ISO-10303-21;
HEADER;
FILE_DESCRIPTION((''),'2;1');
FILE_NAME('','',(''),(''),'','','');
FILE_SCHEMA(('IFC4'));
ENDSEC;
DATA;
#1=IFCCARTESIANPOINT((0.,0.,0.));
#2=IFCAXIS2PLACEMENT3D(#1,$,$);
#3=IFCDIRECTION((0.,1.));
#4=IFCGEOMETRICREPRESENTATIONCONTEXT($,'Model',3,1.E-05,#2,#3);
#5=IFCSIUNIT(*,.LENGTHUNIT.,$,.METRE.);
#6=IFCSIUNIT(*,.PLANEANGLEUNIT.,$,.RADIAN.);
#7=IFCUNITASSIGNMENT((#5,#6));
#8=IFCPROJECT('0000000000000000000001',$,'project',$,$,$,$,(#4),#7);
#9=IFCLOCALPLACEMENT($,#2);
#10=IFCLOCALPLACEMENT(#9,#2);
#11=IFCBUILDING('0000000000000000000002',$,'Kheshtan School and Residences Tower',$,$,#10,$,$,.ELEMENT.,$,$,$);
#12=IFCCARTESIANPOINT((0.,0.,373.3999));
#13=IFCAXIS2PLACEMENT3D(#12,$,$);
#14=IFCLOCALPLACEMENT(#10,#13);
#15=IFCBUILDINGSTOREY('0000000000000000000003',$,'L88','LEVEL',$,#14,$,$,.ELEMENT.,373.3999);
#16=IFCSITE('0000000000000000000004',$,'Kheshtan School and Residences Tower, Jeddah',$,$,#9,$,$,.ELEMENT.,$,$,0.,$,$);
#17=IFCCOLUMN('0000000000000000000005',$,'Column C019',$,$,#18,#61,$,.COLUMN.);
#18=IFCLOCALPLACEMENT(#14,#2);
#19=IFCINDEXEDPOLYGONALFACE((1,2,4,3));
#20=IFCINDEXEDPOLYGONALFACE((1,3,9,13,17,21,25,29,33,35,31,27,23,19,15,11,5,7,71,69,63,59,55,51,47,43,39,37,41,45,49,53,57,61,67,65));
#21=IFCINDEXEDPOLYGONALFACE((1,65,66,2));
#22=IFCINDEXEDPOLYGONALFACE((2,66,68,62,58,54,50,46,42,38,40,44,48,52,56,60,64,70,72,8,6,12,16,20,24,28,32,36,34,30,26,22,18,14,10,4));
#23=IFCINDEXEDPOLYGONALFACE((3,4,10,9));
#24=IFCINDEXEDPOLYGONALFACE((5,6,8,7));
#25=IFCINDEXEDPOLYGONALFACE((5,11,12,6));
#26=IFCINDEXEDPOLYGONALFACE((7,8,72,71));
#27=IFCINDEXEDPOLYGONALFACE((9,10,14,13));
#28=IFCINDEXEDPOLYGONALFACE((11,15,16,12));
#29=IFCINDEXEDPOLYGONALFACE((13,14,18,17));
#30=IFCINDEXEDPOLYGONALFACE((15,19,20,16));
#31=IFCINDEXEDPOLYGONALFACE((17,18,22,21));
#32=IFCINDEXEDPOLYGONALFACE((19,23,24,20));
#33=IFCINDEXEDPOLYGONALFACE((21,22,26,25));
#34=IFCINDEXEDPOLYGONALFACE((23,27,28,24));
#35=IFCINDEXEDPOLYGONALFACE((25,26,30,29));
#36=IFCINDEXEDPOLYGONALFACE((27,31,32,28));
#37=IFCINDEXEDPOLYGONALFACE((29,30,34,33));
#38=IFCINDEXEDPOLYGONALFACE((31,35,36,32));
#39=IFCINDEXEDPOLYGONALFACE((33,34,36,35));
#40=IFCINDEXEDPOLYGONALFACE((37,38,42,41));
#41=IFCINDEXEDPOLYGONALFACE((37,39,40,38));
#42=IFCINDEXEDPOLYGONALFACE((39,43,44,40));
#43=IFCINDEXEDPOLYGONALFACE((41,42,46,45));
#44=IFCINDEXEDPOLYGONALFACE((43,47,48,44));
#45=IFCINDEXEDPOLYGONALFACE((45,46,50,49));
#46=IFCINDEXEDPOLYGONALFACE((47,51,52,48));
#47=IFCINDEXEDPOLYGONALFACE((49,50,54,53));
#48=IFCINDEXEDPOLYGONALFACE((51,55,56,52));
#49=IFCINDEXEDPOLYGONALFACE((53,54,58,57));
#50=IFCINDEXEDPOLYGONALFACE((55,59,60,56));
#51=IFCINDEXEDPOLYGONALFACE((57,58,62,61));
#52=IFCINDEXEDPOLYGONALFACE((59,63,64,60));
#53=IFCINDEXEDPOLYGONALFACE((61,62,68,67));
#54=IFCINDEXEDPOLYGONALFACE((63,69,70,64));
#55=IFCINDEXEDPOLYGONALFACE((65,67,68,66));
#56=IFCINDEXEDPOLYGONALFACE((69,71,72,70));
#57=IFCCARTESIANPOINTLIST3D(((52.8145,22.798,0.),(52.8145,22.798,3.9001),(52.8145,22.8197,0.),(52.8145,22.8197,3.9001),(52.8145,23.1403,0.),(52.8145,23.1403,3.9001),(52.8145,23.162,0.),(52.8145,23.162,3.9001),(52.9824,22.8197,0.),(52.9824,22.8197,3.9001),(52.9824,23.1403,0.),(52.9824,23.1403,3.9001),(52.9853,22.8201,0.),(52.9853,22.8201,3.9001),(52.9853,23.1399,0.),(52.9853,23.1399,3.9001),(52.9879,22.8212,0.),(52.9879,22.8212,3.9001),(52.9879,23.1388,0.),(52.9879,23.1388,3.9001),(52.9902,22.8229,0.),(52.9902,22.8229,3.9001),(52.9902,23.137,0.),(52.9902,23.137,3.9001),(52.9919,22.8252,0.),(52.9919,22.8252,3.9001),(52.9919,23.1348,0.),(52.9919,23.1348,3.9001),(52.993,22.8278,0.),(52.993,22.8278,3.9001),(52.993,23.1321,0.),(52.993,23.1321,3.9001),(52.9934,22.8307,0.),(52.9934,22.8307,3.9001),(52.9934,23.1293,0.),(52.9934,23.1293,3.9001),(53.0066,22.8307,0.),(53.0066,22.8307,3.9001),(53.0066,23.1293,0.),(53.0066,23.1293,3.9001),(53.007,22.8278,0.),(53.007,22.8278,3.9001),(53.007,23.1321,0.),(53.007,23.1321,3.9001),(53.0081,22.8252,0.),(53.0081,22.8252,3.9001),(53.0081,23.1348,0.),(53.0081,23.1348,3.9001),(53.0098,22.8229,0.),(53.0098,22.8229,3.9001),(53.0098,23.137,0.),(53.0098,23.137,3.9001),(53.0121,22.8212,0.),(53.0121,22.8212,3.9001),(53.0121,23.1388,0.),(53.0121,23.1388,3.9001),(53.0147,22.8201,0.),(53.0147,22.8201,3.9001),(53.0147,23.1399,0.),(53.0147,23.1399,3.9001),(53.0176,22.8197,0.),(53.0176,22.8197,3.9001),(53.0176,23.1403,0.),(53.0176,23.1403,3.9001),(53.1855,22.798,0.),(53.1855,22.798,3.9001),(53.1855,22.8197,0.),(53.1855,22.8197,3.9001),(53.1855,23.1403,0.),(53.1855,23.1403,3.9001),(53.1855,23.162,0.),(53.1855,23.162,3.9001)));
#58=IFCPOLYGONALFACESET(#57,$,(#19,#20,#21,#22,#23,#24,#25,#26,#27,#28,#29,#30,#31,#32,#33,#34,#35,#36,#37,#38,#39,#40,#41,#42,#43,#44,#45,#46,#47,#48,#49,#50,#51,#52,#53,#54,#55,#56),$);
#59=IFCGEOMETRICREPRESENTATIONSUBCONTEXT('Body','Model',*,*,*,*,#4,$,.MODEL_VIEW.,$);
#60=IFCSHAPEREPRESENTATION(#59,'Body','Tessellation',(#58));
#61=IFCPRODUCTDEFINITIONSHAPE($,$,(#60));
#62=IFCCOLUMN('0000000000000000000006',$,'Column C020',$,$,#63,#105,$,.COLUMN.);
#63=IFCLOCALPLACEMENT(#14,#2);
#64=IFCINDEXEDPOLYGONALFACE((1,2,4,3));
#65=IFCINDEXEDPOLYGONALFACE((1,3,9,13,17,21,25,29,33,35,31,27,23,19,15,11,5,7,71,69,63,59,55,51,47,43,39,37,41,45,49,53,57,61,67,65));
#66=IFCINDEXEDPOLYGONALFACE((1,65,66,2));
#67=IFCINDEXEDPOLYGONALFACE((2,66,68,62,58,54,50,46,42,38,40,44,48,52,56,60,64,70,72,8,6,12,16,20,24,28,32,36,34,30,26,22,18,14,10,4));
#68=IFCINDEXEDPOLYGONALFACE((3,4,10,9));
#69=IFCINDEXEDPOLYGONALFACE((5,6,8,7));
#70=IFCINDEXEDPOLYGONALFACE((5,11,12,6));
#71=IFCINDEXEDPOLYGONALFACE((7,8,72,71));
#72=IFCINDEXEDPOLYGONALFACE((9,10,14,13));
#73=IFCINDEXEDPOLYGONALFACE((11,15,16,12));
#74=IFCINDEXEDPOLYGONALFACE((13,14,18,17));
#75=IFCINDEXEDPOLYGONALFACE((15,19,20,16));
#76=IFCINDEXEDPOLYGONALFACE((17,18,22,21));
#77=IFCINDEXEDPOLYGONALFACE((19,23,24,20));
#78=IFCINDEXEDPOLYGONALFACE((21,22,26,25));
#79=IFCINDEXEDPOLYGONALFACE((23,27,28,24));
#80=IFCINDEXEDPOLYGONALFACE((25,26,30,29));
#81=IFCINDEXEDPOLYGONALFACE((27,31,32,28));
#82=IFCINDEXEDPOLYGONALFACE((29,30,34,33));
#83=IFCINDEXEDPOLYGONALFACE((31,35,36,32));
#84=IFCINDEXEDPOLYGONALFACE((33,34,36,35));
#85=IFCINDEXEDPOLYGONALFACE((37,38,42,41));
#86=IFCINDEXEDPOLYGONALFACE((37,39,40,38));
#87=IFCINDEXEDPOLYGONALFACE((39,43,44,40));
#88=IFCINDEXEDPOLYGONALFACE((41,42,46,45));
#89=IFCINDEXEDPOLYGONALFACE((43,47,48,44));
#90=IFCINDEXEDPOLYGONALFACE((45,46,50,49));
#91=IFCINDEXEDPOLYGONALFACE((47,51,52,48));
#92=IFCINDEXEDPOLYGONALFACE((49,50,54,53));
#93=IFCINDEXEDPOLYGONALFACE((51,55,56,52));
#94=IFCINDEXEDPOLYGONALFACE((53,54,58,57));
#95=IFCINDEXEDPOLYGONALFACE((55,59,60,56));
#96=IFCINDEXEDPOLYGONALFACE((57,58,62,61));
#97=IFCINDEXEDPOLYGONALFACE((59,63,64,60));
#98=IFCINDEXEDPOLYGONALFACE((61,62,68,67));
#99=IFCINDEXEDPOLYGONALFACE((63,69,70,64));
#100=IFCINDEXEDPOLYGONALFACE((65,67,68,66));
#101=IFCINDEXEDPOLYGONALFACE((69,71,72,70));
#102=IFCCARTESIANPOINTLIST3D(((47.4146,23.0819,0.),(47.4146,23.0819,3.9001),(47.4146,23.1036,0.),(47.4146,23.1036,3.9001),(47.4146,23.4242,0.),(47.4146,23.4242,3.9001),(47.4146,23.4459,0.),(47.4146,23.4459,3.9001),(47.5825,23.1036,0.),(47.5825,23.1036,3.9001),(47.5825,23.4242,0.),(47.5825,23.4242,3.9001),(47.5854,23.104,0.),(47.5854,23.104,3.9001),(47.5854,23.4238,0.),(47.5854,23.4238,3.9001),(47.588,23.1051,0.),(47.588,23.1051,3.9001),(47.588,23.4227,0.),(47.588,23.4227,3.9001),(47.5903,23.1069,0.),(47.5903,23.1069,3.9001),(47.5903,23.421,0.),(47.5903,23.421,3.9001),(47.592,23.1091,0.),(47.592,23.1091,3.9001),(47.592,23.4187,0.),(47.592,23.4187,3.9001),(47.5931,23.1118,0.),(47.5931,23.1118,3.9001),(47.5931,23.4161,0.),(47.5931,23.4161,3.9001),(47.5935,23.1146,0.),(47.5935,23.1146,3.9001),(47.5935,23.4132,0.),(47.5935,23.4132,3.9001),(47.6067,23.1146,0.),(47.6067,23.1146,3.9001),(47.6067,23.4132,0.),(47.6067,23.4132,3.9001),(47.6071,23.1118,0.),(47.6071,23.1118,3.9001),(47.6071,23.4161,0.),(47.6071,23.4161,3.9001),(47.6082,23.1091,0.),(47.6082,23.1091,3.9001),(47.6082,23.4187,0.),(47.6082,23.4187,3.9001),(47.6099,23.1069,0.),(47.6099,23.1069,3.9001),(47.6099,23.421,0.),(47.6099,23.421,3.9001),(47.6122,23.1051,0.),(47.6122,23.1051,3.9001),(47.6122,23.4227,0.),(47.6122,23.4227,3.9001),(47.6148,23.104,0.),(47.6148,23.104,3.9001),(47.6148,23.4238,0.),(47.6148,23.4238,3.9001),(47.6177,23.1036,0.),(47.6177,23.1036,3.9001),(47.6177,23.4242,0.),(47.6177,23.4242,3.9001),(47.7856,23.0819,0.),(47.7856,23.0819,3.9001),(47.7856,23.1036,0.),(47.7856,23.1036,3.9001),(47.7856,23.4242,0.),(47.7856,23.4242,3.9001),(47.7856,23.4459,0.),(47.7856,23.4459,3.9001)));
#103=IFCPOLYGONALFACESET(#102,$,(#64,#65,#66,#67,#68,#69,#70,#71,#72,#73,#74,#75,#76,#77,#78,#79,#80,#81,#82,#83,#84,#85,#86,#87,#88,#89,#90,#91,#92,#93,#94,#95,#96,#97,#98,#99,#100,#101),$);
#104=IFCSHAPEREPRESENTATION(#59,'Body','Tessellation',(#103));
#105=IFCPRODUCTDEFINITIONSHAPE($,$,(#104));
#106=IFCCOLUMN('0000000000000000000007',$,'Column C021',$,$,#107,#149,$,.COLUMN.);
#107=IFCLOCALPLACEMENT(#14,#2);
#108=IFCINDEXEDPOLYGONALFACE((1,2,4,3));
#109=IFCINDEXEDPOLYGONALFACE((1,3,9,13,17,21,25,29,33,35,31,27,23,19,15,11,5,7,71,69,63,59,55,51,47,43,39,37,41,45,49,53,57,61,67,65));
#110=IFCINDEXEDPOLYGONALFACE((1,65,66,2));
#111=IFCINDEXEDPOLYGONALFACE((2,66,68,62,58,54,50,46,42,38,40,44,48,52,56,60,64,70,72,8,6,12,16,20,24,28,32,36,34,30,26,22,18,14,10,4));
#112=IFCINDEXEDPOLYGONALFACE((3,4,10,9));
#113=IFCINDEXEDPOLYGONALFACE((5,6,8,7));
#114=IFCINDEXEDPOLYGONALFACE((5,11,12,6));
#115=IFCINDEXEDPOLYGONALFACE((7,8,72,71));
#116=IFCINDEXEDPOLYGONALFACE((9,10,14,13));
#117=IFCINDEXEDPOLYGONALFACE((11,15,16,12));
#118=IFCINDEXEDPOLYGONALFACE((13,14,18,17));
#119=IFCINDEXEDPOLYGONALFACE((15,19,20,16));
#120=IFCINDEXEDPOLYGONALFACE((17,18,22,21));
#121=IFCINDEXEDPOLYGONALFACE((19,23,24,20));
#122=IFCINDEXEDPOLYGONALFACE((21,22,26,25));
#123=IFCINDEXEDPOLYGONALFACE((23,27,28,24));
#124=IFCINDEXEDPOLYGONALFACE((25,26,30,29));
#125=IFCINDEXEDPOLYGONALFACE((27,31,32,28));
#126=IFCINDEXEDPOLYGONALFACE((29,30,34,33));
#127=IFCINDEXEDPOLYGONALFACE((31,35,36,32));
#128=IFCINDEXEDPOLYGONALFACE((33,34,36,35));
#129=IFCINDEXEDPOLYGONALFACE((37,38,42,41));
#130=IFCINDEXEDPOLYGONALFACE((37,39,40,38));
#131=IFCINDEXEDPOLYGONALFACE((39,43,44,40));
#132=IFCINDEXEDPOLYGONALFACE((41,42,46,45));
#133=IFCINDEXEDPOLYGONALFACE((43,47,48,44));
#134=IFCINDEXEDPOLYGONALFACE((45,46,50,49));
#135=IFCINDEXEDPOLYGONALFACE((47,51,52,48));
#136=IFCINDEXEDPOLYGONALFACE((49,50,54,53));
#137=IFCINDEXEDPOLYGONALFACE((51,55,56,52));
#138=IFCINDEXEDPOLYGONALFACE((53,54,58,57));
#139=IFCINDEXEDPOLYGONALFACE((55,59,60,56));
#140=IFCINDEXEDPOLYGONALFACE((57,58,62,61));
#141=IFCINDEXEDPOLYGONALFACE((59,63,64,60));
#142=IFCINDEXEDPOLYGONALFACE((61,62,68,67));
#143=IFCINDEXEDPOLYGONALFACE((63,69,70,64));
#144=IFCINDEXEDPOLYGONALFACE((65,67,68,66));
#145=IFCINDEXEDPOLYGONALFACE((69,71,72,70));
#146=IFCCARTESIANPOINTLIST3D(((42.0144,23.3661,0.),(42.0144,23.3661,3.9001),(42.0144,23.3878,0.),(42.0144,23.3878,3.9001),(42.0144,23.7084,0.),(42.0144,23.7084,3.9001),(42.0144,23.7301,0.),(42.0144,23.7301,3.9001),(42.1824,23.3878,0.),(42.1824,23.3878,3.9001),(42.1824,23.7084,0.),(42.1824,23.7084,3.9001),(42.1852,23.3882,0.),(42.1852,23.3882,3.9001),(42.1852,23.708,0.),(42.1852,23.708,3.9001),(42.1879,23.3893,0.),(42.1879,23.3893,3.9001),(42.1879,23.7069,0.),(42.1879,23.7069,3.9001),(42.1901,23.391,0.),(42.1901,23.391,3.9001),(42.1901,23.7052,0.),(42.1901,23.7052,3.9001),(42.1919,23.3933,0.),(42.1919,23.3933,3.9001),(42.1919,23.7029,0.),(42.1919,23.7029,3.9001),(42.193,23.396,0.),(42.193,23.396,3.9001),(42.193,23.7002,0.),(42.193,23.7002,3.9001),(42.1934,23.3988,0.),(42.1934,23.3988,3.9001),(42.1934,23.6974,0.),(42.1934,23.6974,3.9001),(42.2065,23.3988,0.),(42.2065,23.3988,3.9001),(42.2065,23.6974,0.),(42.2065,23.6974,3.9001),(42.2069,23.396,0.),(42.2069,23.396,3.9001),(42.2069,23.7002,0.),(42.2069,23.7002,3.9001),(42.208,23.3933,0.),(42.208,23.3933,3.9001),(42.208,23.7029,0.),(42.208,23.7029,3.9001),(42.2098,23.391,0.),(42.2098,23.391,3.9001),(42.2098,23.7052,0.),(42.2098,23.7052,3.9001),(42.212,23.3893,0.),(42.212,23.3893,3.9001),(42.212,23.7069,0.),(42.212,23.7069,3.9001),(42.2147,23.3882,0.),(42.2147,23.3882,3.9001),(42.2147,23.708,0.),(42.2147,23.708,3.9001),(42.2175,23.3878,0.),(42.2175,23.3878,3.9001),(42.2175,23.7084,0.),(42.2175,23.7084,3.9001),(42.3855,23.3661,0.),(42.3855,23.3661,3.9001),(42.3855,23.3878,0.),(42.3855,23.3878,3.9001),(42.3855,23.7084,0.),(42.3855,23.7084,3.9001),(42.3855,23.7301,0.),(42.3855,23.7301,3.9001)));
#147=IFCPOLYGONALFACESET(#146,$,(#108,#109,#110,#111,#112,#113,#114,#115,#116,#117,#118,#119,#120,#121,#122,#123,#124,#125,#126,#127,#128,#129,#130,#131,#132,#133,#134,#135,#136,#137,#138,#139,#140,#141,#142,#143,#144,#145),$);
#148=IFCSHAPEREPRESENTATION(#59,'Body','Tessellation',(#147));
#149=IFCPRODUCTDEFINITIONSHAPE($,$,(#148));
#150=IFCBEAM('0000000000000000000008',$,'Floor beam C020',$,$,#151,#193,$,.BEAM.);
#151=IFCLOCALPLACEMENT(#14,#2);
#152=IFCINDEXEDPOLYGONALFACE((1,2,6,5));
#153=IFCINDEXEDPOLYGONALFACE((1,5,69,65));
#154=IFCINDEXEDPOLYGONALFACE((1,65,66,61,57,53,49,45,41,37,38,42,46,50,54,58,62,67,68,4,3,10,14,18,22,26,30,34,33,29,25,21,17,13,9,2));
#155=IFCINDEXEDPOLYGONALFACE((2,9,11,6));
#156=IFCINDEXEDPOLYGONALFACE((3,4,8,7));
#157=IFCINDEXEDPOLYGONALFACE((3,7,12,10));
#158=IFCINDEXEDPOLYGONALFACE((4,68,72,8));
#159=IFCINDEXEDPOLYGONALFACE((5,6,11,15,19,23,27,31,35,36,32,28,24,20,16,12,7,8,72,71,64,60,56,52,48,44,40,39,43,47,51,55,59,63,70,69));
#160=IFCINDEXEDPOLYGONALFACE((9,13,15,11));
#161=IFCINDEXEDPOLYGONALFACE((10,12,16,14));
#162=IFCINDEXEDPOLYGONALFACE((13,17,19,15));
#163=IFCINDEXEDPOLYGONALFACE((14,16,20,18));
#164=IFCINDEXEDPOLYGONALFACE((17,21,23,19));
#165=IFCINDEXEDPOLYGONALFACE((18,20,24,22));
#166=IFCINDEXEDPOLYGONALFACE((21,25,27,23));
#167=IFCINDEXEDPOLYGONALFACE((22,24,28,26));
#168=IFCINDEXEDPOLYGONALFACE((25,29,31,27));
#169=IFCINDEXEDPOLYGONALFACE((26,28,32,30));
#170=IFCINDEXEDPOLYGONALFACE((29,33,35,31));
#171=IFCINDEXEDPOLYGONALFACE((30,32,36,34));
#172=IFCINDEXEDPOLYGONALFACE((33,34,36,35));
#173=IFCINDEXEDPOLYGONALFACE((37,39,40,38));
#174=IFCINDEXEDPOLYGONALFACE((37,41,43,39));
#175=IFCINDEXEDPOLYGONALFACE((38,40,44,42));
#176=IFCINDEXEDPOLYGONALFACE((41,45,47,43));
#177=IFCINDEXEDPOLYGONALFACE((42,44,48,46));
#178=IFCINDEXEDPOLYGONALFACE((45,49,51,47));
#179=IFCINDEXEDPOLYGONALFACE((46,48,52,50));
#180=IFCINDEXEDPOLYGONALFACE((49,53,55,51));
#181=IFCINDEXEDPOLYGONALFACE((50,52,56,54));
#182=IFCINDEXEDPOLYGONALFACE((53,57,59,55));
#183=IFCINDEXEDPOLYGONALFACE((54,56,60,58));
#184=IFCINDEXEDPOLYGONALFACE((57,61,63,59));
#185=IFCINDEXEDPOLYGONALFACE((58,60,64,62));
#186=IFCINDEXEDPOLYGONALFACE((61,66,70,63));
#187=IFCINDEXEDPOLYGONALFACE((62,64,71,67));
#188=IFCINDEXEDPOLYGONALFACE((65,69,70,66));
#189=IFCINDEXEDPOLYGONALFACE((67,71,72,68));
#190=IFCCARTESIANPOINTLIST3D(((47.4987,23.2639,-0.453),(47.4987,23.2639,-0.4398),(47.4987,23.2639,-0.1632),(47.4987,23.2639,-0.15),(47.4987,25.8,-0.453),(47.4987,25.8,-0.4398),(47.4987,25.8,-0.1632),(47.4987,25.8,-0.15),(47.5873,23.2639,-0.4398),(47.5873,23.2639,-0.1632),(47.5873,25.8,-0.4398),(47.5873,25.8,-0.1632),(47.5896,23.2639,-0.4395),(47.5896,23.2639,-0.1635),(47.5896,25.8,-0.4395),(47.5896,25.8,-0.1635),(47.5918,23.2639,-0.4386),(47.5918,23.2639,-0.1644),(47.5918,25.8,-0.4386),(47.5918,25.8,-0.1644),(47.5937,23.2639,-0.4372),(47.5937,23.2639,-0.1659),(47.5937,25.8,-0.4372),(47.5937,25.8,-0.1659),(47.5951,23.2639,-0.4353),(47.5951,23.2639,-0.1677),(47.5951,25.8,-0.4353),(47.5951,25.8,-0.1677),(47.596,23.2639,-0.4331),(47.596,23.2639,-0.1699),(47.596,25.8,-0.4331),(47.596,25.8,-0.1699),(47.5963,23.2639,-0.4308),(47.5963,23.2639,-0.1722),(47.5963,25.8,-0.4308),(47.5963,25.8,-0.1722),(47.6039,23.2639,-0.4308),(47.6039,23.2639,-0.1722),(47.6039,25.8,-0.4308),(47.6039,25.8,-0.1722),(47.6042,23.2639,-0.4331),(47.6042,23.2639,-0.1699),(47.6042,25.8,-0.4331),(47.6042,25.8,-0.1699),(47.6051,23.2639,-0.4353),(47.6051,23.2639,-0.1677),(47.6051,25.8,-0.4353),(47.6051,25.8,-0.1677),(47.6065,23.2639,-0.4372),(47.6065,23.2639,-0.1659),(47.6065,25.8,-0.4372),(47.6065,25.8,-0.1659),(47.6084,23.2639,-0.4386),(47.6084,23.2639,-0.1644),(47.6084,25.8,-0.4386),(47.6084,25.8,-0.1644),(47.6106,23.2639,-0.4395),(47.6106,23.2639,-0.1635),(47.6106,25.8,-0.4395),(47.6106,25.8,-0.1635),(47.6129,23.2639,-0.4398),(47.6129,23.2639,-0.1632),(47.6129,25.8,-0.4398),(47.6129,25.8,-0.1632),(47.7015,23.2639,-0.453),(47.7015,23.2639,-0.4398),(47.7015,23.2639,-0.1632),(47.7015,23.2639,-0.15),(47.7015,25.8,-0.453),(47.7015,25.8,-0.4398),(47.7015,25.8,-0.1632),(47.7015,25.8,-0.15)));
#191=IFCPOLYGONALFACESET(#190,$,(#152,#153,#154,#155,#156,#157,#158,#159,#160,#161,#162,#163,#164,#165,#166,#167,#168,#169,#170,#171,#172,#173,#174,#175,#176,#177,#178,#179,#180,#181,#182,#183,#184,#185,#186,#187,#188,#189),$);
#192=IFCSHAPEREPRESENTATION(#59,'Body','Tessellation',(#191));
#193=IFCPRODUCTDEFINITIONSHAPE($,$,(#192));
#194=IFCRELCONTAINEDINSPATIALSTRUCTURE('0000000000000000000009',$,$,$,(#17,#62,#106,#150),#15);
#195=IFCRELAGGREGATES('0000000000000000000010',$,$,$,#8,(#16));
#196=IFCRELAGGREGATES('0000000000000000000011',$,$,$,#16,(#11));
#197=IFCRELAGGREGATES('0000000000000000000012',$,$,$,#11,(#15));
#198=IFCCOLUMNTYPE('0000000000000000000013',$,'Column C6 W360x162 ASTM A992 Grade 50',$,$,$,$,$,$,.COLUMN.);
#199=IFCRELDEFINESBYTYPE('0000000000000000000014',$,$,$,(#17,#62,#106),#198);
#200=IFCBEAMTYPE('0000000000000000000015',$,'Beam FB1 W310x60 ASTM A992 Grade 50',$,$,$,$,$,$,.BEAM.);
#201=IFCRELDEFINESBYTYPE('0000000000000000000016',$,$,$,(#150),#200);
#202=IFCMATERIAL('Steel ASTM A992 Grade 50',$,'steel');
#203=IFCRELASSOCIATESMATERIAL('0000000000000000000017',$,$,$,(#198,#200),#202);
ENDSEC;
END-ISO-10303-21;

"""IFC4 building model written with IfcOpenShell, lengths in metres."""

from ifc_helpers import new_model, si_unit, direction, frame, origin, origin_2d, place, context, subcontext, project, spatial, i_section, extrude, material, material_profile, profile_set, type_object, element, save


model = new_model("IFC4")

# Units and contexts
model_context = context("Model", 3, precision=1e-05, world=origin(), true_north=direction((0.0, 1.0)))
body_context = subcontext(model_context, "Body", "Model", "MODEL_VIEW")
ifc_project = project(units=[si_unit("LENGTHUNIT", "METRE"), si_unit("PLANEANGLEUNIT", "RADIAN")], contexts=[model_context])

# Site, building, storey
site_placement = place(None, origin())
site = spatial("IfcSite", under=ifc_project, at=site_placement, Name="Kheshtan School and Residences Tower, Jeddah", CompositionType="ELEMENT", RefElevation=0.0)
building_placement = place(site_placement, origin())
building = spatial("IfcBuilding", under=site, at=building_placement, Name="Kheshtan School and Residences Tower", CompositionType="ELEMENT")
storey_placement = place(building_placement, frame((0.0, 0.0, 373.3999)))
storey = spatial("IfcBuildingStorey", under=building, at=storey_placement, Name="L88", Description="LEVEL", CompositionType="ELEMENT", Elevation=373.3999)

# Columns
ifc_material_1 = material(Name="Steel ASTM A992 Grade 50", Category="steel")
ifc_material_profile_1 = material_profile(ifc_material_1, i_section(OverallWidth=0.3711, OverallDepth=0.364, WebThickness=0.0132, FlangeThickness=0.0217, FilletRadius=0.011, at=origin_2d()), Name="W360x162")
ifc_profile_set_1 = profile_set([ifc_material_profile_1], Name="Steel ASTM A992 Grade 50")
column_type = type_object("IfcColumnType", Name="Column C6 W360x162 ASTM A992 Grade 50", PredefinedType="COLUMN", material=ifc_profile_set_1)
for number, where, z_axis, x_axis, name in (
    (1, (53.0, 22.98, 0.0), (0.0, 0.0, 1.0), (1.0, 0.0, 0.0), "Column C019"),
    (2, (47.6001, 23.2639, 0.0), (0.0, 0.0, 1.0), (1.0, 0.0, 0.0), "Column C020"),
    (3, (42.2, 23.5481, 0.0), (0.0, 0.0, 1.0), (1.0, 0.0, 0.0), "Column C021"),
):
    element("IfcColumn", number, at=place(storey_placement, frame(where, z_axis=z_axis, x_axis=x_axis)), inside=storey, type_object=column_type, Name=name, PredefinedType="COLUMN", context=body_context, shape_type="SweptSolid", body=[
        extrude(i_section(OverallWidth=0.3711, OverallDepth=0.364, WebThickness=0.0132, FlangeThickness=0.0217, FilletRadius=0.011, at=origin_2d()), origin(), (0.0, 0.0, 1.0), 3.9001),
    ])

# Beam
ifc_material_profile_2 = material_profile(ifc_material_1, i_section(OverallWidth=0.2029, OverallDepth=0.303, WebThickness=0.0076, FlangeThickness=0.0132, FilletRadius=0.009, at=origin_2d()), Name="W310x60")
ifc_profile_set_2 = profile_set([ifc_material_profile_2], Name="Steel ASTM A992 Grade 50")
beam_type_1 = type_object("IfcBeamType", Name="Beam FB1 W310x60 ASTM A992 Grade 50", PredefinedType="BEAM", material=ifc_profile_set_2)
beam_1_placement = place(storey_placement, frame((47.6001, 23.2639, -0.3015), z_axis=(0.0, 1.0, 0.0), x_axis=(-1.0, 0.0, 0.0)))
element("IfcBeam", 4, at=beam_1_placement, inside=storey, type_object=beam_type_1, Name="Floor beam C020", PredefinedType="BEAM", context=body_context, shape_type="SweptSolid", body=[
    extrude(i_section(OverallWidth=0.2029, OverallDepth=0.303, WebThickness=0.0076, FlangeThickness=0.0132, FilletRadius=0.009, at=origin_2d()), origin(), (0.0, 0.0, 1.0), 2.5361),
])

save(model, "model.ifc")
